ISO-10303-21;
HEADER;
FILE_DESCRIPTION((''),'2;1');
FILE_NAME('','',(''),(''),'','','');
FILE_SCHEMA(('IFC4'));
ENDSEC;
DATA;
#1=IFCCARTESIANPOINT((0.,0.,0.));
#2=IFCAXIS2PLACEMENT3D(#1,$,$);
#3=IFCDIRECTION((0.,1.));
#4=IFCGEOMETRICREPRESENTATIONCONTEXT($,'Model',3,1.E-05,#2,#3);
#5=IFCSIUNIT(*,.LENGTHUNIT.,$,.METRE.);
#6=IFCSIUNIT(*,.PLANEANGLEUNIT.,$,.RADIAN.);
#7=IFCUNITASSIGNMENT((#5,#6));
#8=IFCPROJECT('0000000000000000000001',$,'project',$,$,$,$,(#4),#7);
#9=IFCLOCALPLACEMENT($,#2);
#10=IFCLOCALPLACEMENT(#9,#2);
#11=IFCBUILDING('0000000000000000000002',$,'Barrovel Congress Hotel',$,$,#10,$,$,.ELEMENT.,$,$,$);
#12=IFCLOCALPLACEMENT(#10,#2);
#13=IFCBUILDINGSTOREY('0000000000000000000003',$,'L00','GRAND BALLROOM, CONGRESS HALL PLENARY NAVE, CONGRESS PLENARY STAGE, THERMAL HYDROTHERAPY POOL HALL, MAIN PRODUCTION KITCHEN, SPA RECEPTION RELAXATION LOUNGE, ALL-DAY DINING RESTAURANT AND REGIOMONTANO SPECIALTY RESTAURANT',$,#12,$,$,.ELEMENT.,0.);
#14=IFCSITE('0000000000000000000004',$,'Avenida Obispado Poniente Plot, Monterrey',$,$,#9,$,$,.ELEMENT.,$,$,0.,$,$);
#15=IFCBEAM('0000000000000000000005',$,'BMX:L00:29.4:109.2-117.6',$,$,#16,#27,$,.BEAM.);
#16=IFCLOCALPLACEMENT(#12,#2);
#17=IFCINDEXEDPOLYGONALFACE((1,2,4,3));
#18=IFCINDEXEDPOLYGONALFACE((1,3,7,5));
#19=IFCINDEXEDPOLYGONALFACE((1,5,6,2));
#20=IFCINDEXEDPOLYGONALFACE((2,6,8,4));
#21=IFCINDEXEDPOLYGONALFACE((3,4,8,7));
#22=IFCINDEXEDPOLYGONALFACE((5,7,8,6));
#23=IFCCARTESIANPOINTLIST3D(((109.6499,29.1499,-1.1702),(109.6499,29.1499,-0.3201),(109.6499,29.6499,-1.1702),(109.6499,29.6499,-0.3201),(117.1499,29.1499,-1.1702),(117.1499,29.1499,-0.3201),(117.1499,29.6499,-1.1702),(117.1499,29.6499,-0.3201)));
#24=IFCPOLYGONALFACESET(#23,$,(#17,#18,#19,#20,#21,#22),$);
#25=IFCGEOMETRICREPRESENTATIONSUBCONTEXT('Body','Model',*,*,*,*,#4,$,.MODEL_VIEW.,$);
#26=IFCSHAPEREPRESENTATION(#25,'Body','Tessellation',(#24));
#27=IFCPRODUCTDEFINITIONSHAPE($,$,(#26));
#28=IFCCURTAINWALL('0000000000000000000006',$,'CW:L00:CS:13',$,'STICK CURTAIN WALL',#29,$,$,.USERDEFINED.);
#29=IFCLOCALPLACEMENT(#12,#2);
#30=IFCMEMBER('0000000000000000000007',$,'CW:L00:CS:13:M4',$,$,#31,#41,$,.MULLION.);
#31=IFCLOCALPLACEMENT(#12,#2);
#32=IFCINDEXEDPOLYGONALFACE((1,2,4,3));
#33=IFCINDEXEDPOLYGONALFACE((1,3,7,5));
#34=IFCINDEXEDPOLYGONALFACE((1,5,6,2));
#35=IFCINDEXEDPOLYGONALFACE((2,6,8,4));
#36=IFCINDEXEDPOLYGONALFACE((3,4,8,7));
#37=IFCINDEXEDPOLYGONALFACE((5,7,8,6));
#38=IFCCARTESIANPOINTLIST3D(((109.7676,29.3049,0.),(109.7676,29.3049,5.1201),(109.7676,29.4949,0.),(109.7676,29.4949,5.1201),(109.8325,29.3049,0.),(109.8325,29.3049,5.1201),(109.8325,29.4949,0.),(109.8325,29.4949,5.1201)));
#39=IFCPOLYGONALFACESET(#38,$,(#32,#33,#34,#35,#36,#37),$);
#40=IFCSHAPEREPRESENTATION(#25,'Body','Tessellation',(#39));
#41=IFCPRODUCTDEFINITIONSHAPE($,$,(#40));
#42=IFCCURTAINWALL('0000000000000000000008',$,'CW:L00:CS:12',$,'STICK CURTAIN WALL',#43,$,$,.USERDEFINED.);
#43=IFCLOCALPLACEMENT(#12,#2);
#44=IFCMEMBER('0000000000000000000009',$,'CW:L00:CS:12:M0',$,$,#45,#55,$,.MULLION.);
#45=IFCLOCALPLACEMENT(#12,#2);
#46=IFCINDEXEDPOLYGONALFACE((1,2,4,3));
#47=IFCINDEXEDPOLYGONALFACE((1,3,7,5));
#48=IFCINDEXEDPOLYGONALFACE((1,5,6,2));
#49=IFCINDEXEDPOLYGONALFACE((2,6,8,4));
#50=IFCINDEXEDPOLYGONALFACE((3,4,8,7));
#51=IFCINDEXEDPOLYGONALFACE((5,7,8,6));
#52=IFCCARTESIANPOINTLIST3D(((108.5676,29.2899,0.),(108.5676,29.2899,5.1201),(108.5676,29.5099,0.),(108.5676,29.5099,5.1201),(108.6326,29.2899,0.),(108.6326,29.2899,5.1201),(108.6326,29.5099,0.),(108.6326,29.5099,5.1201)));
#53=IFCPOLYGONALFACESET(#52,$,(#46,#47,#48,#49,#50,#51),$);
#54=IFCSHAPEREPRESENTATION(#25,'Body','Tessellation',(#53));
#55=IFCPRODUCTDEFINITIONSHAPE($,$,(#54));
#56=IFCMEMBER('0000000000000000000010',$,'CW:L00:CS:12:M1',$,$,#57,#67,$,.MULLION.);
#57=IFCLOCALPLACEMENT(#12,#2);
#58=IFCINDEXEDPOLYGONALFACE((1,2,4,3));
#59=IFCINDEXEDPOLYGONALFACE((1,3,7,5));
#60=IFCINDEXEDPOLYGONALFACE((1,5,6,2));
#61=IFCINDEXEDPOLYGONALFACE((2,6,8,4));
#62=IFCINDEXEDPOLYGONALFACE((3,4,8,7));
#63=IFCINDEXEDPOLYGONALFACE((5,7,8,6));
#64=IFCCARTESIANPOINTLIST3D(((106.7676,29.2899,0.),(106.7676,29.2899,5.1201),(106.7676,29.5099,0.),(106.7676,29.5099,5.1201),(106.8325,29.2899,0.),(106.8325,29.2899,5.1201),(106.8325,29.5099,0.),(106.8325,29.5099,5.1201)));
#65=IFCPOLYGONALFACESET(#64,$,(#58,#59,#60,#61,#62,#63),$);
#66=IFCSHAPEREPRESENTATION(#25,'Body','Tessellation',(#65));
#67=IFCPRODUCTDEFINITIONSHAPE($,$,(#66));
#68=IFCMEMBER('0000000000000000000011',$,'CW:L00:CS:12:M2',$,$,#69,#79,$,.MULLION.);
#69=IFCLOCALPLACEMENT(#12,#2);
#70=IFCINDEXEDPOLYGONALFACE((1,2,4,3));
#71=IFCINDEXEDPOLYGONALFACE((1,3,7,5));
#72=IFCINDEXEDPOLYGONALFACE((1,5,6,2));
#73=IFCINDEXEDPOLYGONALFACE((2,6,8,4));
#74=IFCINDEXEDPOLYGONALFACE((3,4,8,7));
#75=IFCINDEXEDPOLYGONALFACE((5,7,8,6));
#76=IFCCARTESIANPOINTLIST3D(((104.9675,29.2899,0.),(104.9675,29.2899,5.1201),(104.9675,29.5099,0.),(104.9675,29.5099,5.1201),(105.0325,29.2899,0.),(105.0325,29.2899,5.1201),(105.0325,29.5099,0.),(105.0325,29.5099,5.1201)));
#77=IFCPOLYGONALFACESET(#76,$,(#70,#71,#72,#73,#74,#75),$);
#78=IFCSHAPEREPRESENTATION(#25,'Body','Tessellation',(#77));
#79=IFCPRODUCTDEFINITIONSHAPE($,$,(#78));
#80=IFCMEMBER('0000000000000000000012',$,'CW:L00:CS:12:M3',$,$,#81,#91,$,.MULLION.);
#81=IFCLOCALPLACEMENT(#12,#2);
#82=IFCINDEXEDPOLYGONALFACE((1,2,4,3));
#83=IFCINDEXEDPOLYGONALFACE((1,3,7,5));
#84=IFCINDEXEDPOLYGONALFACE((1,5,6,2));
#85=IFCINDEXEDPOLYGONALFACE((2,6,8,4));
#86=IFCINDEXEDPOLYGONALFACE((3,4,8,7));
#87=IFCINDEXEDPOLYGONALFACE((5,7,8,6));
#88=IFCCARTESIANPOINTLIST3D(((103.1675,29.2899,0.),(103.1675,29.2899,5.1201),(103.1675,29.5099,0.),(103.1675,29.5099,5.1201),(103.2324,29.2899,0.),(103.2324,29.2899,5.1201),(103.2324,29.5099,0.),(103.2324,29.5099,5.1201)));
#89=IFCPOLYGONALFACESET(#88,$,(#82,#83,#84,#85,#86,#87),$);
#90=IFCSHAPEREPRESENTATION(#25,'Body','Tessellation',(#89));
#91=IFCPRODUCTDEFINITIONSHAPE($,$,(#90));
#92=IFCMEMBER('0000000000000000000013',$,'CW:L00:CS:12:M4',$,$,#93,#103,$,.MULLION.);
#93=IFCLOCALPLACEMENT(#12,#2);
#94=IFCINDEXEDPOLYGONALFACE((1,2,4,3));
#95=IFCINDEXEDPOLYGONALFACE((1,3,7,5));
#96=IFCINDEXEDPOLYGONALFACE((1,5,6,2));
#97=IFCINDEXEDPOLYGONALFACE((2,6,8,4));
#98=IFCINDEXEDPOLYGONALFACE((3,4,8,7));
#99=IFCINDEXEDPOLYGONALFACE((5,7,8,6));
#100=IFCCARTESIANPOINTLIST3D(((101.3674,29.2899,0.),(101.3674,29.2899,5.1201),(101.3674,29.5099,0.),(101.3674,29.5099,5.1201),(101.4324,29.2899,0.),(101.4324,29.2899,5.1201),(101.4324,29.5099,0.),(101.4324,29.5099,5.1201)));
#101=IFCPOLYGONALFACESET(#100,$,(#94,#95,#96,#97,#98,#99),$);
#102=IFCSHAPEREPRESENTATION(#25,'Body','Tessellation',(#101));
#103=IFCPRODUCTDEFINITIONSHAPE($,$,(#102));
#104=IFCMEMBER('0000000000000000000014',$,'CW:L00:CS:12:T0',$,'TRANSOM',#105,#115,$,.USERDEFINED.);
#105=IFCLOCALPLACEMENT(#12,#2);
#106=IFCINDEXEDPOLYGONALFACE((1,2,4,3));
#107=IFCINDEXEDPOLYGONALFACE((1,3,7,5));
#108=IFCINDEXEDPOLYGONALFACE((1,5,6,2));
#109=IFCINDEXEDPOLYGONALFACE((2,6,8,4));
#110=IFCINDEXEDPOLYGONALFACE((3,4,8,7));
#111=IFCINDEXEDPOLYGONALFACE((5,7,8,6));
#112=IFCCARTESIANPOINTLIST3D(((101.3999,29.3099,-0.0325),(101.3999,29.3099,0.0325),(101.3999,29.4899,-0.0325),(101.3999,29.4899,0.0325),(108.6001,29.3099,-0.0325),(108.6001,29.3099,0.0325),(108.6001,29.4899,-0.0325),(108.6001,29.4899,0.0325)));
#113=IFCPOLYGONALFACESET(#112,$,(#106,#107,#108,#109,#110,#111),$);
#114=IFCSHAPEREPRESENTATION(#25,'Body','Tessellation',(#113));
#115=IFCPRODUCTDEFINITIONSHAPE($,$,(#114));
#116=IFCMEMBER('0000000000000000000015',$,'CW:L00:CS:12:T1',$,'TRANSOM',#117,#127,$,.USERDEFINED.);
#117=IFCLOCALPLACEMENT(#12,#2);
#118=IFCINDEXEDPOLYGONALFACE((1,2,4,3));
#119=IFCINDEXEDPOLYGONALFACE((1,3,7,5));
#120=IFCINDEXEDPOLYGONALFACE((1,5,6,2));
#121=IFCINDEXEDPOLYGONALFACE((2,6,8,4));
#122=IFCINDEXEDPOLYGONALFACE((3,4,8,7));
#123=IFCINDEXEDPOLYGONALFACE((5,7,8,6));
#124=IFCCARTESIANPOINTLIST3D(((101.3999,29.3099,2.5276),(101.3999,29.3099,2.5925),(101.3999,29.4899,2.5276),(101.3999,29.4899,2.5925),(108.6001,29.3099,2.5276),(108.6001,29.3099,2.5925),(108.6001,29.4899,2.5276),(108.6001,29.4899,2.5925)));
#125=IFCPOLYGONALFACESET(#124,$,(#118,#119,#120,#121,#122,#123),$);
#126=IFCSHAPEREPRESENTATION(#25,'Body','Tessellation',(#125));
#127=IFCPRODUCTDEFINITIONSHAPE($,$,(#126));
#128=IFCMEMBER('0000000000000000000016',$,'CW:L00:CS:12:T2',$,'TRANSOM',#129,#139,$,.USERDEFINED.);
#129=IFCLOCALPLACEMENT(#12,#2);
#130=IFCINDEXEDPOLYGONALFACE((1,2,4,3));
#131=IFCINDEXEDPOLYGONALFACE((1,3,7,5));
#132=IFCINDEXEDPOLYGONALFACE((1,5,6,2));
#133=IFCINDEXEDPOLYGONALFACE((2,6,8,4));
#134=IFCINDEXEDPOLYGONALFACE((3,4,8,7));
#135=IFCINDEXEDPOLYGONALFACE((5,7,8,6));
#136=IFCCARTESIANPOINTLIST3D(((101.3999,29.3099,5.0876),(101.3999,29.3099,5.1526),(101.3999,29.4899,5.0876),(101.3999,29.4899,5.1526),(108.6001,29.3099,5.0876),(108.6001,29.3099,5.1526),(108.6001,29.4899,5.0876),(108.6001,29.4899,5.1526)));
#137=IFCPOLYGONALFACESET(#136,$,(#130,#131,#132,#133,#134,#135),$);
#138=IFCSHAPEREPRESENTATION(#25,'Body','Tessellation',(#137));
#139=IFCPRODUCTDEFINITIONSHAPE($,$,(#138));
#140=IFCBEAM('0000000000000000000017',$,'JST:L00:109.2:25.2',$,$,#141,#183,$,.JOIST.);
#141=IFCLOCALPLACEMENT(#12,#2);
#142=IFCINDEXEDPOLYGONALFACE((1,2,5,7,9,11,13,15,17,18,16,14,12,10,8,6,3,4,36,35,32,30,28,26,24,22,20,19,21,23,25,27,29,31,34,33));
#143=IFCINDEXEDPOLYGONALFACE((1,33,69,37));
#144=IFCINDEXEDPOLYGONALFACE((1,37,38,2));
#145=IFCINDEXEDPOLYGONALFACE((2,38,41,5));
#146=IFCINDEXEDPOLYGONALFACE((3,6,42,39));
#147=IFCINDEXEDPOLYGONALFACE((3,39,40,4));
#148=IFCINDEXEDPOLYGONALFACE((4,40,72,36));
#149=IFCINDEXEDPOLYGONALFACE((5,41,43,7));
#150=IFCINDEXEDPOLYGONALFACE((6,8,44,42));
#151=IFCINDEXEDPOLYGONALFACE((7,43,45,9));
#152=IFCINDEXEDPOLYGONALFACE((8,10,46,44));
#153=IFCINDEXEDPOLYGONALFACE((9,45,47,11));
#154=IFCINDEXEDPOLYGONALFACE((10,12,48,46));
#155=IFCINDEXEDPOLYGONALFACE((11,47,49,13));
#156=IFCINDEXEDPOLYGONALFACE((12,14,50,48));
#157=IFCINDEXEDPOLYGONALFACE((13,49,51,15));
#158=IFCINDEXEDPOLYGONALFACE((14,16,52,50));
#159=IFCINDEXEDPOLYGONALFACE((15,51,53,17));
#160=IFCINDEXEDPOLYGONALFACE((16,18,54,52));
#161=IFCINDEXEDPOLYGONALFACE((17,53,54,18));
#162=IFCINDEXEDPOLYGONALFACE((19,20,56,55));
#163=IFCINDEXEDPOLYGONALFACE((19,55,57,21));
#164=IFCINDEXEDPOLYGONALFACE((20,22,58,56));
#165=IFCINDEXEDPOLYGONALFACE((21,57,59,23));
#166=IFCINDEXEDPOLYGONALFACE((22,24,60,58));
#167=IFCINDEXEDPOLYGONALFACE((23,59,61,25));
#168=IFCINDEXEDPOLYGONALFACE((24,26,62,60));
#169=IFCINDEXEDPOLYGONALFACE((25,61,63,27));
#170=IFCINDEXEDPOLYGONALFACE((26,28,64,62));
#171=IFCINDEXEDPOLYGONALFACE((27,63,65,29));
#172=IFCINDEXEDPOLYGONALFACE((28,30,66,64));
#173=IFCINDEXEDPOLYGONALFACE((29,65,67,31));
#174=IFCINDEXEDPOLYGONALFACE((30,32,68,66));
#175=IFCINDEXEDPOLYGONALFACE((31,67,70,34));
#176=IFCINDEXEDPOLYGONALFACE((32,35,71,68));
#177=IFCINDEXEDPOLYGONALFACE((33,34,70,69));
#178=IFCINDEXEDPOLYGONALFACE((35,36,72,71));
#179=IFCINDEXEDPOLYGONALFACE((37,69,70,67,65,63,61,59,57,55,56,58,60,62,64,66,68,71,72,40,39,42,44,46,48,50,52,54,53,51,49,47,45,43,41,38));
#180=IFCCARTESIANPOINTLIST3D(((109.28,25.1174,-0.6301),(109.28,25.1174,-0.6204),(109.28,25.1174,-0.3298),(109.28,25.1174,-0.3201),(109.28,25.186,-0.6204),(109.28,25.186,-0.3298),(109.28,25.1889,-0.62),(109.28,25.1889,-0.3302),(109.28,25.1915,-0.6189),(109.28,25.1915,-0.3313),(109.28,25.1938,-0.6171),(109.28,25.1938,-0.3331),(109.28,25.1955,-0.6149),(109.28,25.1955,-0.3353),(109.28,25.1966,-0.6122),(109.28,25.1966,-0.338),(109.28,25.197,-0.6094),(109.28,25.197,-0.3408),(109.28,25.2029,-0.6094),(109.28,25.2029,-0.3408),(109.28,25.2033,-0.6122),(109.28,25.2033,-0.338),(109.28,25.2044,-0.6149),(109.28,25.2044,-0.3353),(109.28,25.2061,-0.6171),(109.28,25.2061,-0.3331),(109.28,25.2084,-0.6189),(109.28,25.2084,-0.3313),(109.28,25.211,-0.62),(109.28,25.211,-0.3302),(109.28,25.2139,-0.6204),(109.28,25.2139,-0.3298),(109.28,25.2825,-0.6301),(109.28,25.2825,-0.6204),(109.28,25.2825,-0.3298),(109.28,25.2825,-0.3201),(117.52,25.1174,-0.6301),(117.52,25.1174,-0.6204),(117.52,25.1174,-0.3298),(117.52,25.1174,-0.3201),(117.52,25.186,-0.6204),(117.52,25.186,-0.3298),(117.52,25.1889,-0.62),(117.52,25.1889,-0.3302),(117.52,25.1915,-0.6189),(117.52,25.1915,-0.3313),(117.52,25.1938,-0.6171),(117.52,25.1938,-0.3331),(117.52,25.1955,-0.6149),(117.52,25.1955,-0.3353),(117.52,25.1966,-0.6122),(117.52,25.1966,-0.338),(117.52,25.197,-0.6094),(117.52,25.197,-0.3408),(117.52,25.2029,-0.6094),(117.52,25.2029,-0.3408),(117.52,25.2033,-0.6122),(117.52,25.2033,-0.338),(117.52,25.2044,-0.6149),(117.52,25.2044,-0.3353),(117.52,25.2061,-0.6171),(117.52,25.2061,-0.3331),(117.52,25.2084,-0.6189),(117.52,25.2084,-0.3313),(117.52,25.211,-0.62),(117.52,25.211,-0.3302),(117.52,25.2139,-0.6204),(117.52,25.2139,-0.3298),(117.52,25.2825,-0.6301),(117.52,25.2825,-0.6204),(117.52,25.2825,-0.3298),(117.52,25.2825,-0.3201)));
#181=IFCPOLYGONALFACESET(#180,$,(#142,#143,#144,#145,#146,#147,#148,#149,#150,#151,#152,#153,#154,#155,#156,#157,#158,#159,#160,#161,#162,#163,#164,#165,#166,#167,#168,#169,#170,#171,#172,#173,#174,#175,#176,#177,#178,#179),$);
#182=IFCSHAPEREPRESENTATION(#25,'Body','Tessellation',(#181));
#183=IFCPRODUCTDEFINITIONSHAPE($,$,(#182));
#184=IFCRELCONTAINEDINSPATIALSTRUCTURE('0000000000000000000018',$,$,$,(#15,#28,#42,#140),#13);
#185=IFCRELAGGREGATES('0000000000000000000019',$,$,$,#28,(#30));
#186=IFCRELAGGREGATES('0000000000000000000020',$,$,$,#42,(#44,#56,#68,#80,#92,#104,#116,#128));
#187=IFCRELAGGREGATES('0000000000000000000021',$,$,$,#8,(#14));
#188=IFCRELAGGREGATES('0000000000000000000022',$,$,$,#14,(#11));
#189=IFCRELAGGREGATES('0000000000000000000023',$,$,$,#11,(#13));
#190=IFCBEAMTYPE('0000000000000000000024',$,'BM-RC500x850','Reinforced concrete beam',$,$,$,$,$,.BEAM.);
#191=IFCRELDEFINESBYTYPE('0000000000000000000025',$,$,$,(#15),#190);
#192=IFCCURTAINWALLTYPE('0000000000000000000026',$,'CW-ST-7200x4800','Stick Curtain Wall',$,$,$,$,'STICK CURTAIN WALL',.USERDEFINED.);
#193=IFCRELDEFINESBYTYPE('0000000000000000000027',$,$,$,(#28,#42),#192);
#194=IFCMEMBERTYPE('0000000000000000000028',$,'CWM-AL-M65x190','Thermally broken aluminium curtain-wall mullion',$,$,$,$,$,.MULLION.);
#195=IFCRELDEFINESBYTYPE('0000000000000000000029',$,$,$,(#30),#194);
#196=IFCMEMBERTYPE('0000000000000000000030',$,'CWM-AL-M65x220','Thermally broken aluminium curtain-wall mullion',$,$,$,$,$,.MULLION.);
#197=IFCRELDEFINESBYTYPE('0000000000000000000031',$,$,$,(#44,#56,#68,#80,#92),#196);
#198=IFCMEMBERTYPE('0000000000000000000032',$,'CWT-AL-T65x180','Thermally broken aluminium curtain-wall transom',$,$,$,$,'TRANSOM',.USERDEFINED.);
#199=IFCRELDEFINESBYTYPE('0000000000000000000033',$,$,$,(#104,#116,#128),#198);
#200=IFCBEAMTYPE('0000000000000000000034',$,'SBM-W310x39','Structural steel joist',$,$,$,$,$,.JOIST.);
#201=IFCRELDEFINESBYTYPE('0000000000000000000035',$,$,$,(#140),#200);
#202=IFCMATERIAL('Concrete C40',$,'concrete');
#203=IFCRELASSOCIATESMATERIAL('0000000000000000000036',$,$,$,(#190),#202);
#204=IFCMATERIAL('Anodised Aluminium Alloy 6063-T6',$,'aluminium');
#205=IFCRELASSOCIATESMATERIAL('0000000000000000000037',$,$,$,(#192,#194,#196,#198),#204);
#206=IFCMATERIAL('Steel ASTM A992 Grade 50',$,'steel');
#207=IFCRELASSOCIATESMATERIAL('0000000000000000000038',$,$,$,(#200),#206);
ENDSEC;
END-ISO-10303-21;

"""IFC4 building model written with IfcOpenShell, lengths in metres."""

from ifc_helpers import new_model, si_unit, direction, frame, origin, origin_2d, place, context, subcontext, project, spatial, rectangle, i_section, extrude, material, material_profile, profile_set, type_object, element, aggregate, save


model = new_model("IFC4")

# Units and contexts
model_context = context("Model", 3, precision=1e-05, world=origin(), true_north=direction((0.0, 1.0)))
body_context = subcontext(model_context, "Body", "Model", "MODEL_VIEW")
ifc_project = project(units=[si_unit("LENGTHUNIT", "METRE"), si_unit("PLANEANGLEUNIT", "RADIAN")], contexts=[model_context])

# Site, building, storey
site_placement = place(None, origin())
site = spatial("IfcSite", under=ifc_project, at=site_placement, Name="Avenida Obispado Poniente Plot, Monterrey", CompositionType="ELEMENT", RefElevation=0.0)
building_placement = place(site_placement, origin())
building = spatial("IfcBuilding", under=site, at=building_placement, Name="Barrovel Congress Hotel", CompositionType="ELEMENT")
storey_placement = place(building_placement, origin())
storey = spatial("IfcBuildingStorey", under=building, at=storey_placement, Name="L00", Description="GRAND BALLROOM, CONGRESS HALL PLENARY NAVE, CONGRESS PLENARY STAGE, THERMAL HYDROTHERAPY POOL HALL, MAIN PRODUCTION KITCHEN, SPA RECEPTION RELAXATION LOUNGE, ALL-DAY DINING RESTAURANT AND REGIOMONTANO SPECIALTY RESTAURANT", CompositionType="ELEMENT", Elevation=0.0)

# Shared definitions
ifc_material_1 = material(Name="Concrete C40", Category="concrete")

# Beam
ifc_material_profile_1 = material_profile(ifc_material_1, rectangle(XDim=0.5, YDim=0.8501, at=origin_2d()), Name="RC500x850")
ifc_profile_set_1 = profile_set([ifc_material_profile_1], Name="Concrete C40")
beam_type_1 = type_object("IfcBeamType", Name="BM-RC500x850", Description="Reinforced concrete beam", PredefinedType="BEAM", material=ifc_profile_set_1)
beam_1_placement = place(storey_placement, frame((109.6499, 29.3999, -0.7451), z_axis=(1.0, 0.0, 0.0), x_axis=(0.0, 1.0, 0.0)))
element("IfcBeam", 1, at=beam_1_placement, inside=storey, type_object=beam_type_1, Name="BMX:L00:29.4:109.2-117.6", PredefinedType="BEAM", context=body_context, shape_type="SweptSolid", body=[
    extrude(rectangle(XDim=0.5, YDim=0.8501, at=origin_2d()), origin(), (0.0, 0.0, 1.0), 7.5),
])

# Curtain wall, member
ifc_material_2 = material(Name="Anodised Aluminium Alloy 6063-T6", Category="aluminium")
curtain_wall_type = type_object("IfcCurtainWallType", Name="CW-ST-7200x4800", Description="Stick Curtain Wall", ElementType="STICK CURTAIN WALL", PredefinedType="USERDEFINED", material=ifc_material_2)
curtain_wall_1_placement = place(storey_placement, origin())
curtain_wall_1 = element("IfcCurtainWall", 2, at=curtain_wall_1_placement, inside=storey, type_object=curtain_wall_type, Name="CW:L00:CS:13", ObjectType="STICK CURTAIN WALL", PredefinedType="USERDEFINED")
ifc_material_profile_2 = material_profile(ifc_material_2, rectangle(XDim=0.0649, YDim=0.1899, at=origin_2d()), Name="AL-M65x190")
ifc_profile_set_2 = profile_set([ifc_material_profile_2], Name="Anodised Aluminium Alloy 6063-T6")
member_type_1 = type_object("IfcMemberType", Name="CWM-AL-M65x190", Description="Thermally broken aluminium curtain-wall mullion", PredefinedType="MULLION", material=ifc_profile_set_2)
member_1_placement = place(storey_placement, frame((109.8, 29.3999, 0.0), z_axis=(0.0, 0.0, 1.0), x_axis=(1.0, 0.0, 0.0)))
member_1 = element("IfcMember", 3, at=member_1_placement, type_object=member_type_1, Name="CW:L00:CS:13:M4", PredefinedType="MULLION", context=body_context, shape_type="SweptSolid", body=[
    extrude(rectangle(XDim=0.0649, YDim=0.1899, at=origin_2d()), origin(), (0.0, 0.0, 1.0), 5.1201),
])

# Curtain wall, members
curtain_wall_2_placement = place(storey_placement, origin())
curtain_wall_2 = element("IfcCurtainWall", 4, at=curtain_wall_2_placement, inside=storey, type_object=curtain_wall_type, Name="CW:L00:CS:12", ObjectType="STICK CURTAIN WALL", PredefinedType="USERDEFINED")
ifc_material_profile_3 = material_profile(ifc_material_2, rectangle(XDim=0.0649, YDim=0.22, at=origin_2d()), Name="AL-M65x220")
ifc_profile_set_3 = profile_set([ifc_material_profile_3], Name="Anodised Aluminium Alloy 6063-T6")
member_type_2 = type_object("IfcMemberType", Name="CWM-AL-M65x220", Description="Thermally broken aluminium curtain-wall mullion", PredefinedType="MULLION", material=ifc_profile_set_3)
member_2_placement = place(storey_placement, frame((108.6001, 29.3999, 0.0), z_axis=(0.0, 0.0, 1.0), x_axis=(1.0, 0.0, 0.0)))
member_2 = element("IfcMember", 5, at=member_2_placement, type_object=member_type_2, Name="CW:L00:CS:12:M0", PredefinedType="MULLION", context=body_context, shape_type="SweptSolid", body=[
    extrude(rectangle(XDim=0.0649, YDim=0.22, at=origin_2d()), origin(), (0.0, 0.0, 1.0), 5.1201),
])
member_3_placement = place(storey_placement, frame((106.8, 29.3999, 0.0), z_axis=(0.0, 0.0, 1.0), x_axis=(1.0, 0.0, 0.0)))
member_3 = element("IfcMember", 6, at=member_3_placement, type_object=member_type_2, Name="CW:L00:CS:12:M1", PredefinedType="MULLION", context=body_context, shape_type="SweptSolid", body=[
    extrude(rectangle(XDim=0.0649, YDim=0.22, at=origin_2d()), origin(), (0.0, 0.0, 1.0), 5.1201),
])
member_4_placement = place(storey_placement, frame((105.0, 29.3999, 0.0), z_axis=(0.0, 0.0, 1.0), x_axis=(1.0, 0.0, 0.0)))
member_4 = element("IfcMember", 7, at=member_4_placement, type_object=member_type_2, Name="CW:L00:CS:12:M2", PredefinedType="MULLION", context=body_context, shape_type="SweptSolid", body=[
    extrude(rectangle(XDim=0.0649, YDim=0.22, at=origin_2d()), origin(), (0.0, 0.0, 1.0), 5.1201),
])
member_5_placement = place(storey_placement, frame((103.2, 29.3999, 0.0), z_axis=(0.0, 0.0, 1.0), x_axis=(1.0, 0.0, 0.0)))
member_5 = element("IfcMember", 8, at=member_5_placement, type_object=member_type_2, Name="CW:L00:CS:12:M3", PredefinedType="MULLION", context=body_context, shape_type="SweptSolid", body=[
    extrude(rectangle(XDim=0.0649, YDim=0.22, at=origin_2d()), origin(), (0.0, 0.0, 1.0), 5.1201),
])
member_6_placement = place(storey_placement, frame((101.3999, 29.3999, 0.0), z_axis=(0.0, 0.0, 1.0), x_axis=(1.0, 0.0, 0.0)))
member_6 = element("IfcMember", 9, at=member_6_placement, type_object=member_type_2, Name="CW:L00:CS:12:M4", PredefinedType="MULLION", context=body_context, shape_type="SweptSolid", body=[
    extrude(rectangle(XDim=0.0649, YDim=0.22, at=origin_2d()), origin(), (0.0, 0.0, 1.0), 5.1201),
])
ifc_material_profile_4 = material_profile(ifc_material_2, rectangle(XDim=0.1799, YDim=0.0649, at=origin_2d()), Name="AL-T65x180")
ifc_profile_set_4 = profile_set([ifc_material_profile_4], Name="Anodised Aluminium Alloy 6063-T6")
member_type_3 = type_object("IfcMemberType", Name="CWT-AL-T65x180", Description="Thermally broken aluminium curtain-wall transom", ElementType="TRANSOM", PredefinedType="USERDEFINED", material=ifc_profile_set_4)
member_7_placement = place(storey_placement, frame((108.6001, 29.3999, 0.0), z_axis=(-1.0, 0.0, 0.0), x_axis=(0.0, -1.0, 0.0)))
member_7 = element("IfcMember", 10, at=member_7_placement, type_object=member_type_3, Name="CW:L00:CS:12:T0", ObjectType="TRANSOM", PredefinedType="USERDEFINED", context=body_context, shape_type="SweptSolid", body=[
    extrude(rectangle(XDim=0.1799, YDim=0.0649, at=origin_2d()), origin(), (0.0, 0.0, 1.0), 7.2002),
])
member_8_placement = place(storey_placement, frame((108.6001, 29.3999, 2.5601), z_axis=(-1.0, 0.0, 0.0), x_axis=(0.0, -1.0, 0.0)))
member_8 = element("IfcMember", 11, at=member_8_placement, type_object=member_type_3, Name="CW:L00:CS:12:T1", ObjectType="TRANSOM", PredefinedType="USERDEFINED", context=body_context, shape_type="SweptSolid", body=[
    extrude(rectangle(XDim=0.1799, YDim=0.0649, at=origin_2d()), origin(), (0.0, 0.0, 1.0), 7.2002),
])
member_9_placement = place(storey_placement, frame((108.6001, 29.3999, 5.1201), z_axis=(-1.0, 0.0, 0.0), x_axis=(0.0, -1.0, 0.0)))
member_9 = element("IfcMember", 12, at=member_9_placement, type_object=member_type_3, Name="CW:L00:CS:12:T2", ObjectType="TRANSOM", PredefinedType="USERDEFINED", context=body_context, shape_type="SweptSolid", body=[
    extrude(rectangle(XDim=0.1799, YDim=0.0649, at=origin_2d()), origin(), (0.0, 0.0, 1.0), 7.2002),
])

# Beam
ifc_material_3 = material(Name="Steel ASTM A992 Grade 50", Category="steel")
ifc_material_profile_5 = material_profile(ifc_material_3, i_section(OverallWidth=0.165, OverallDepth=0.3101, WebThickness=0.0059, FlangeThickness=0.0098, FilletRadius=0.011, at=origin_2d()), Name="W310x39")
ifc_profile_set_5 = profile_set([ifc_material_profile_5], Name="Steel ASTM A992 Grade 50")
beam_type_2 = type_object("IfcBeamType", Name="SBM-W310x39", Description="Structural steel joist", PredefinedType="JOIST", material=ifc_profile_set_5)
beam_2_placement = place(storey_placement, frame((109.28, 25.2, -0.4751), z_axis=(1.0, 0.0, 0.0), x_axis=(0.0, 1.0, 0.0)))
element("IfcBeam", 13, at=beam_2_placement, inside=storey, type_object=beam_type_2, Name="JST:L00:109.2:25.2", PredefinedType="JOIST", context=body_context, shape_type="SweptSolid", body=[
    extrude(i_section(OverallWidth=0.165, OverallDepth=0.3101, WebThickness=0.0059, FlangeThickness=0.0098, FilletRadius=0.011, at=origin_2d()), origin(), (0.0, 0.0, 1.0), 8.24),
])

aggregate(curtain_wall_1, [member_1])
aggregate(curtain_wall_2, [member_2, member_3, member_4, member_5, member_6, member_7, member_8, member_9])

save(model, "model.ifc")
